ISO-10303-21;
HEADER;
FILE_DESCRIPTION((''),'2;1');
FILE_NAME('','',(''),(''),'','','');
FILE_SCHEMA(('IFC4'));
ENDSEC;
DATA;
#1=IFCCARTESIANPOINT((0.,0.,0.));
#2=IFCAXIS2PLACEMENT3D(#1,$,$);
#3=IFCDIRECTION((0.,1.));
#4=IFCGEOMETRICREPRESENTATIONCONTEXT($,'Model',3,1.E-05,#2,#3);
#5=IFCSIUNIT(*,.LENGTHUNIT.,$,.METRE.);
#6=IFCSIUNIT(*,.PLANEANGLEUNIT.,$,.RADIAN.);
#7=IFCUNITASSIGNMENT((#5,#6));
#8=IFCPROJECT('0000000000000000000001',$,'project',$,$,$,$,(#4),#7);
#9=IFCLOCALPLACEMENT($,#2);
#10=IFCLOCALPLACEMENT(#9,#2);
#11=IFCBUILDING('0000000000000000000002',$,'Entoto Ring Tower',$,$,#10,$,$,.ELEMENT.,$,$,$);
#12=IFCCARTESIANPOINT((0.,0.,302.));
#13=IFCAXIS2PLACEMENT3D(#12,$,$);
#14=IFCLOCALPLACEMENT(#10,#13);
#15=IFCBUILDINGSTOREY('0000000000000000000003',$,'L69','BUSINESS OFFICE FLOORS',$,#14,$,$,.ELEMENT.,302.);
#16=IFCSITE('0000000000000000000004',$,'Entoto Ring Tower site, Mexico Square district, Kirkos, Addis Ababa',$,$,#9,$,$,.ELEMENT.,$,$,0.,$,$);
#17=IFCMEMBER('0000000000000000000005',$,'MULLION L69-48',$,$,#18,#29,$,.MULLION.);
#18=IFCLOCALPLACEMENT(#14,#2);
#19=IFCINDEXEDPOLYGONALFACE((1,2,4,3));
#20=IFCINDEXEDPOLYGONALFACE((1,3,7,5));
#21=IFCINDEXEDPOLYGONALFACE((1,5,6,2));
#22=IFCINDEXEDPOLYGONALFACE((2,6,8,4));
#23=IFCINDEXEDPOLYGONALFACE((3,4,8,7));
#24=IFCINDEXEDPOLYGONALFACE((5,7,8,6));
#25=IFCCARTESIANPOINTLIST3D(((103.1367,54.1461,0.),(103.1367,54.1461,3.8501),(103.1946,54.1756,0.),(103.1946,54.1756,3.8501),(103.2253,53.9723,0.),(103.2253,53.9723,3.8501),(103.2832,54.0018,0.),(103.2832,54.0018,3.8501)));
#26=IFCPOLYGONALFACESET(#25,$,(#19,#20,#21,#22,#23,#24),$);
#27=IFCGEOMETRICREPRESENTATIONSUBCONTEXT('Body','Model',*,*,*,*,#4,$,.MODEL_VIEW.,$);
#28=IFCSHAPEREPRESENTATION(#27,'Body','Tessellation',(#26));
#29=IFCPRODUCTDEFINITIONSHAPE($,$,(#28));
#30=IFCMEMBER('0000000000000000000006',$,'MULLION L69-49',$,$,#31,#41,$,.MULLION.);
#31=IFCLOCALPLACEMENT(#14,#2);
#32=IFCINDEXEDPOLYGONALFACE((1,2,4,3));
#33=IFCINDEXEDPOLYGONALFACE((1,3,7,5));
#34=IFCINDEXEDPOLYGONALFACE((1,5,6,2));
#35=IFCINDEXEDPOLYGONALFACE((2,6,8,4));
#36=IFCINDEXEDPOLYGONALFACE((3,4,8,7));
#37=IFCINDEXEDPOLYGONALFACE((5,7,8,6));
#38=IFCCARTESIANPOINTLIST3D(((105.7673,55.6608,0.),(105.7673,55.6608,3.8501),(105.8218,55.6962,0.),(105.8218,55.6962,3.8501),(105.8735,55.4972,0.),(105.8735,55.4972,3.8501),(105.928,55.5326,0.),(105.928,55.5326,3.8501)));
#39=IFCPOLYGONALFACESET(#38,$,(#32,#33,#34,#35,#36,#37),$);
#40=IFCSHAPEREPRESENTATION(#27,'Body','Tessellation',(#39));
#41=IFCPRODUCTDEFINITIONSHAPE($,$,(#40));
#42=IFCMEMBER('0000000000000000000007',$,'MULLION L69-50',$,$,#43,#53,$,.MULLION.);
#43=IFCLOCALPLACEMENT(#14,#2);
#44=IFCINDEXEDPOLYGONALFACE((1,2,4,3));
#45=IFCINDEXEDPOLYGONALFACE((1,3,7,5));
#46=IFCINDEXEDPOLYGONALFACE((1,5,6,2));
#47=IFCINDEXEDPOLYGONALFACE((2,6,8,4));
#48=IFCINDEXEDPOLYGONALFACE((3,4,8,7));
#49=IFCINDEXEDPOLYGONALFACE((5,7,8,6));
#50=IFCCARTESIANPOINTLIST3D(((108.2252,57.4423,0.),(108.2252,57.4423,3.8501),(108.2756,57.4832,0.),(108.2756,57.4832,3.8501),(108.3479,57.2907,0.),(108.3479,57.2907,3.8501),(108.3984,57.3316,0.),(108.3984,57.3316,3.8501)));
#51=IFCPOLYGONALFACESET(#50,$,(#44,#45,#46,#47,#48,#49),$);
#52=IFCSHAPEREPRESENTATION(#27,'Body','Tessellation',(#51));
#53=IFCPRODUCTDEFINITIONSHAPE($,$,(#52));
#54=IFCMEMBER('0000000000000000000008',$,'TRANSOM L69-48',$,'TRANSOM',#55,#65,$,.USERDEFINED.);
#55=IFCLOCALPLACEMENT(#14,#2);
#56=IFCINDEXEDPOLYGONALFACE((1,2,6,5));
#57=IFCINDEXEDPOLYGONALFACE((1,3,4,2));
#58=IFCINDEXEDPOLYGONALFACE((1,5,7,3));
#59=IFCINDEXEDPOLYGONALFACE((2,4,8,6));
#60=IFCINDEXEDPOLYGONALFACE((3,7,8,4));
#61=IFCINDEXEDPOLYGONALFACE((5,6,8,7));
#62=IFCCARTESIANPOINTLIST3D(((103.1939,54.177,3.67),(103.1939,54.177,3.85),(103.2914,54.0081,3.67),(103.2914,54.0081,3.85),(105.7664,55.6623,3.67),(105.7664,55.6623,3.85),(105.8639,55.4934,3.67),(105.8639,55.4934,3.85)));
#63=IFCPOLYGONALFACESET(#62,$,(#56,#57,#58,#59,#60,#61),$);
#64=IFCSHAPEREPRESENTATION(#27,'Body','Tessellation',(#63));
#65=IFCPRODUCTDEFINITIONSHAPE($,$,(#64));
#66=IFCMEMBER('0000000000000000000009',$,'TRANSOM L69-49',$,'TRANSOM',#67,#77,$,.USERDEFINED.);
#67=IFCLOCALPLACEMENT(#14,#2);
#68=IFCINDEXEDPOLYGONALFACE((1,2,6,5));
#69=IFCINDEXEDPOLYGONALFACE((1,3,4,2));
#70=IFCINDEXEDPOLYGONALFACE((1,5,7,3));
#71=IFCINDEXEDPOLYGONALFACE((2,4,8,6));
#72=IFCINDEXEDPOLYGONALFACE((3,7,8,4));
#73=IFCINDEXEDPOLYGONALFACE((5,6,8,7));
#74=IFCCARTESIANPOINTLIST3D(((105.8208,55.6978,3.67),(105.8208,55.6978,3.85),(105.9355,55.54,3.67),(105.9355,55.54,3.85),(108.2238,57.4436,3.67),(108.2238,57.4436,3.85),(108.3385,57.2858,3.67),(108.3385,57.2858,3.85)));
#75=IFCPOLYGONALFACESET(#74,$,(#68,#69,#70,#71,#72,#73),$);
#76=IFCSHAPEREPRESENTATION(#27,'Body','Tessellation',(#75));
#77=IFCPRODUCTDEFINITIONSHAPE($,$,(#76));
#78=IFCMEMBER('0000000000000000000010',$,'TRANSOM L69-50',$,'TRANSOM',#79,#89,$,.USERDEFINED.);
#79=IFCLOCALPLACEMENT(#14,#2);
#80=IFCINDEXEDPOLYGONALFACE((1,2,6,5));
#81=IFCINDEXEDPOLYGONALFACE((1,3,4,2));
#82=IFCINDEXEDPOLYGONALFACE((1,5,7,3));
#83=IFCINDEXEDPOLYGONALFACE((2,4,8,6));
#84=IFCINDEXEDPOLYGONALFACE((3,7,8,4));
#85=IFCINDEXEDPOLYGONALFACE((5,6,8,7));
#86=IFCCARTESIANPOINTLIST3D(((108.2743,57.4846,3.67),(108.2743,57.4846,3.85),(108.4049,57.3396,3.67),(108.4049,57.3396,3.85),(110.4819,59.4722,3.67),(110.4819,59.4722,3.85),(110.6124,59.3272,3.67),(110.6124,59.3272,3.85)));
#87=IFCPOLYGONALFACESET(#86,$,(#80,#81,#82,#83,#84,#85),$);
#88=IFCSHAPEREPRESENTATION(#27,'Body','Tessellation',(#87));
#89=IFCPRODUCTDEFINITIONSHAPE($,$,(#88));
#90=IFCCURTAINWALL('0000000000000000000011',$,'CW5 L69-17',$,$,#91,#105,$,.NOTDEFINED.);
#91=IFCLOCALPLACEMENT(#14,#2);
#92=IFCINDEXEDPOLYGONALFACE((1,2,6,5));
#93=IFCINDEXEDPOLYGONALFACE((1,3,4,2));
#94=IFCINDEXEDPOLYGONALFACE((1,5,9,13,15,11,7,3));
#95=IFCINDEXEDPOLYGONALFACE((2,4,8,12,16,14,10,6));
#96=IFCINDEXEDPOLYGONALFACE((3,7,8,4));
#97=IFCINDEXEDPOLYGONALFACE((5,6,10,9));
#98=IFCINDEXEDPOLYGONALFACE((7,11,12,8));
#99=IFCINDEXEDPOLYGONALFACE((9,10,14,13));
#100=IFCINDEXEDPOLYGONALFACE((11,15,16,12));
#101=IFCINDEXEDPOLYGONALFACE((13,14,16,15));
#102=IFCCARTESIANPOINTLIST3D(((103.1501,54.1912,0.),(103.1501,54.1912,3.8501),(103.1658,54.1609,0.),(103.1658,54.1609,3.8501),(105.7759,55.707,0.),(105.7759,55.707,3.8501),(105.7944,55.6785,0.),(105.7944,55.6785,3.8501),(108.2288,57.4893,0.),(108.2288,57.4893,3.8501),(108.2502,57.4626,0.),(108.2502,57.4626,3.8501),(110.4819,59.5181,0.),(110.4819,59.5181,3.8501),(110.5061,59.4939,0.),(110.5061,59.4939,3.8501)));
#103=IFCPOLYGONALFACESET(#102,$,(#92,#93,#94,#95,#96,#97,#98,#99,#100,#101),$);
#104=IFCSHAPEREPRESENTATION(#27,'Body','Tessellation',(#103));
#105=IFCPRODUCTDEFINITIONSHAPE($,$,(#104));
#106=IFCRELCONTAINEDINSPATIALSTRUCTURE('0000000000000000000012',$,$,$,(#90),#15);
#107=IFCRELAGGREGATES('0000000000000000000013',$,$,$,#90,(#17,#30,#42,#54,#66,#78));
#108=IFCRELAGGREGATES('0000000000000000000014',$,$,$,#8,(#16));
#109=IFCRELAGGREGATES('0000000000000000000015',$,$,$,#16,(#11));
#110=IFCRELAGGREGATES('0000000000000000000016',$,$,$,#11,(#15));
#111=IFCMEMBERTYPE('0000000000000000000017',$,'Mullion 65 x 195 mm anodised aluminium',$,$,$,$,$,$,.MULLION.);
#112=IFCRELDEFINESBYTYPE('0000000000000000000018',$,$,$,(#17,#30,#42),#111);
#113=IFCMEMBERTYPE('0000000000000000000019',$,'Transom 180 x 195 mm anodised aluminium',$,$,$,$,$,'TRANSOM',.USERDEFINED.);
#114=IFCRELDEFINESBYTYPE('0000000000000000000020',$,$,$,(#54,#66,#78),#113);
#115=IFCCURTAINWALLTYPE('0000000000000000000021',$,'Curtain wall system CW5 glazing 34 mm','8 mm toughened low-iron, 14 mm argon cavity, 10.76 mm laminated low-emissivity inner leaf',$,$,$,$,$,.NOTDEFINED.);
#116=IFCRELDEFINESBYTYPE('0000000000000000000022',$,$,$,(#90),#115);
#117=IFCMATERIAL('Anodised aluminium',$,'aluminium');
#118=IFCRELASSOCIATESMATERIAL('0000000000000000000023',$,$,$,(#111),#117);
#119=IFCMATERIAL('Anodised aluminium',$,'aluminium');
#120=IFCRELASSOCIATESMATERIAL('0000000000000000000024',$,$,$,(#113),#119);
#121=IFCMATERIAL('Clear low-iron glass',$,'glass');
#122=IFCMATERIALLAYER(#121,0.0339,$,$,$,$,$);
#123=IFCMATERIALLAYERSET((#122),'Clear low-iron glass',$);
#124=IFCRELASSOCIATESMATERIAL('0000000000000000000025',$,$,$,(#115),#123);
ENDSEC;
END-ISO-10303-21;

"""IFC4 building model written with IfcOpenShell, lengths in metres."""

from ifc_helpers import new_model, si_unit, direction, frame, origin, origin_2d, place, context, subcontext, project, spatial, polyline, rectangle, outline, extrude, material, layer, layer_set, material_profile, profile_set, type_object, element, aggregate, save


model = new_model("IFC4")

# Units and contexts
model_context = context("Model", 3, precision=1e-05, world=origin(), true_north=direction((0.0, 1.0)))
body_context = subcontext(model_context, "Body", "Model", "MODEL_VIEW")
ifc_project = project(units=[si_unit("LENGTHUNIT", "METRE"), si_unit("PLANEANGLEUNIT", "RADIAN")], contexts=[model_context])

# Members
ifc_material_1 = material(Name="Anodised aluminium", Category="aluminium")
ifc_material_profile_1 = material_profile(ifc_material_1, rectangle(XDim=0.0649, YDim=0.1951, at=origin_2d()), Name="Mullion 65 x 195 mm anodised aluminium")
ifc_profile_set_1 = profile_set([ifc_material_profile_1], Name="Anodised aluminium")
member_type_1 = type_object("IfcMemberType", Name="Mullion 65 x 195 mm anodised aluminium", PredefinedType="MULLION", material=ifc_profile_set_1)
site_placement = place(None, origin())
building_placement = place(site_placement, origin())
storey_placement = place(building_placement, frame((0.0, 0.0, 302.0)))
member_1_placement = place(storey_placement, frame((103.21, 54.074, 0.0), z_axis=(0.0, 0.0, 1.0), x_axis=(0.891007, 0.45399, 0.0)))
member_1 = element("IfcMember", 1, at=member_1_placement, type_object=member_type_1, Name="MULLION L69-48", PredefinedType="MULLION", context=body_context, shape_type="SweptSolid", body=[
    extrude(rectangle(XDim=0.0649, YDim=0.1951, at=origin_2d()), origin(), (0.0, 0.0, 1.0), 3.8501),
])
member_2_placement = place(storey_placement, frame((105.8477, 55.5967, 0.0), z_axis=(0.0, 0.0, 1.0), x_axis=(0.838671, 0.544639, 0.0)))
member_2 = element("IfcMember", 2, at=member_2_placement, type_object=member_type_1, Name="MULLION L69-49", PredefinedType="MULLION", context=body_context, shape_type="SweptSolid", body=[
    extrude(rectangle(XDim=0.0649, YDim=0.1951, at=origin_2d()), origin(), (0.0, 0.0, 1.0), 3.8501),
])
member_3_placement = place(storey_placement, frame((108.3118, 57.387, 0.0), z_axis=(0.0, 0.0, 1.0), x_axis=(0.777146, 0.62932, 0.0)))
member_3 = element("IfcMember", 3, at=member_3_placement, type_object=member_type_1, Name="MULLION L69-50", PredefinedType="MULLION", context=body_context, shape_type="SweptSolid", body=[
    extrude(rectangle(XDim=0.0649, YDim=0.1951, at=origin_2d()), origin(), (0.0, 0.0, 1.0), 3.8501),
])
ifc_material_2 = material(Name="Anodised aluminium", Category="aluminium")
ifc_material_profile_2 = material_profile(ifc_material_2, rectangle(XDim=0.1951, YDim=0.1799, at=origin_2d()), Name="Transom 180 x 195 mm anodised aluminium")
ifc_profile_set_2 = profile_set([ifc_material_profile_2], Name="Anodised aluminium")
member_type_2 = type_object("IfcMemberType", Name="Transom 180 x 195 mm anodised aluminium", ElementType="TRANSOM", PredefinedType="USERDEFINED", material=ifc_profile_set_2)
member_4_placement = place(storey_placement, frame((103.2427, 54.0925, 3.76), z_axis=(0.866009, 0.500028, 0.0), x_axis=(-0.500028, 0.866009, 0.0)))
member_4 = element("IfcMember", 4, at=member_4_placement, type_object=member_type_2, Name="TRANSOM L69-48", ObjectType="TRANSOM", PredefinedType="USERDEFINED", context=body_context, shape_type="SweptSolid", body=[
    extrude(rectangle(XDim=0.1951, YDim=0.1799, at=origin_2d()), origin(), (0.0, 0.0, 1.0), 2.9705),
])
member_5_placement = place(storey_placement, frame((105.8782, 55.6189, 3.76), z_axis=(0.809031, 0.587766, 0.0), x_axis=(-0.587766, 0.809031, 0.0)))
member_5 = element("IfcMember", 5, at=member_5_placement, type_object=member_type_2, Name="TRANSOM L69-49", ObjectType="TRANSOM", PredefinedType="USERDEFINED", context=body_context, shape_type="SweptSolid", body=[
    extrude(rectangle(XDim=0.1951, YDim=0.1799, at=origin_2d()), origin(), (0.0, 0.0, 1.0), 2.9702),
])
member_6_placement = place(storey_placement, frame((108.3396, 57.4121, 3.76), z_axis=(0.743163, 0.66911, 0.0), x_axis=(-0.66911, 0.743163, 0.0)))
member_6 = element("IfcMember", 6, at=member_6_placement, type_object=member_type_2, Name="TRANSOM L69-50", ObjectType="TRANSOM", PredefinedType="USERDEFINED", context=body_context, shape_type="SweptSolid", body=[
    extrude(rectangle(XDim=0.1951, YDim=0.1799, at=origin_2d()), origin(), (0.0, 0.0, 1.0), 2.9705),
])

# Site, building, storey
site = spatial("IfcSite", under=ifc_project, at=site_placement, Name="Entoto Ring Tower site, Mexico Square district, Kirkos, Addis Ababa", CompositionType="ELEMENT", RefElevation=0.0)
building = spatial("IfcBuilding", under=site, at=building_placement, Name="Entoto Ring Tower", CompositionType="ELEMENT")
storey = spatial("IfcBuildingStorey", under=building, at=storey_placement, Name="L69", Description="BUSINESS OFFICE FLOORS", CompositionType="ELEMENT", Elevation=302.0)

# Curtain wall
ifc_material_3 = material(Name="Clear low-iron glass", Category="glass")
ifc_layer_1 = layer(ifc_material_3, 0.0339)
ifc_layer_set_1 = layer_set([ifc_layer_1], Name="Clear low-iron glass")
curtain_wall_type = type_object("IfcCurtainWallType", Name="Curtain wall system CW5 glazing 34 mm", Description="8 mm toughened low-iron, 14 mm argon cavity, 10.76 mm laminated low-emissivity inner leaf", PredefinedType="NOTDEFINED", material=ifc_layer_set_1)
curtain_wall_1_placement = place(storey_placement, origin())
curtain_wall_1 = element("IfcCurtainWall", 7, at=curtain_wall_1_placement, inside=storey, type_object=curtain_wall_type, Name="CW5 L69-17", PredefinedType="NOTDEFINED", context=body_context, shape_type="SweptSolid", body=[
    extrude(outline(polyline([(103.1658, 54.1609), (105.7944, 55.6785), (108.2502, 57.4626), (110.5061, 59.4939), (110.4819, 59.5181), (108.2288, 57.4893), (105.7759, 55.707), (103.1501, 54.1912), (103.1658, 54.1609)])), origin(), (0.0, 0.0, 1.0), 3.8501),
])
aggregate(curtain_wall_1, [member_1, member_2, member_3, member_4, member_5, member_6])

save(model, "model.ifc")
